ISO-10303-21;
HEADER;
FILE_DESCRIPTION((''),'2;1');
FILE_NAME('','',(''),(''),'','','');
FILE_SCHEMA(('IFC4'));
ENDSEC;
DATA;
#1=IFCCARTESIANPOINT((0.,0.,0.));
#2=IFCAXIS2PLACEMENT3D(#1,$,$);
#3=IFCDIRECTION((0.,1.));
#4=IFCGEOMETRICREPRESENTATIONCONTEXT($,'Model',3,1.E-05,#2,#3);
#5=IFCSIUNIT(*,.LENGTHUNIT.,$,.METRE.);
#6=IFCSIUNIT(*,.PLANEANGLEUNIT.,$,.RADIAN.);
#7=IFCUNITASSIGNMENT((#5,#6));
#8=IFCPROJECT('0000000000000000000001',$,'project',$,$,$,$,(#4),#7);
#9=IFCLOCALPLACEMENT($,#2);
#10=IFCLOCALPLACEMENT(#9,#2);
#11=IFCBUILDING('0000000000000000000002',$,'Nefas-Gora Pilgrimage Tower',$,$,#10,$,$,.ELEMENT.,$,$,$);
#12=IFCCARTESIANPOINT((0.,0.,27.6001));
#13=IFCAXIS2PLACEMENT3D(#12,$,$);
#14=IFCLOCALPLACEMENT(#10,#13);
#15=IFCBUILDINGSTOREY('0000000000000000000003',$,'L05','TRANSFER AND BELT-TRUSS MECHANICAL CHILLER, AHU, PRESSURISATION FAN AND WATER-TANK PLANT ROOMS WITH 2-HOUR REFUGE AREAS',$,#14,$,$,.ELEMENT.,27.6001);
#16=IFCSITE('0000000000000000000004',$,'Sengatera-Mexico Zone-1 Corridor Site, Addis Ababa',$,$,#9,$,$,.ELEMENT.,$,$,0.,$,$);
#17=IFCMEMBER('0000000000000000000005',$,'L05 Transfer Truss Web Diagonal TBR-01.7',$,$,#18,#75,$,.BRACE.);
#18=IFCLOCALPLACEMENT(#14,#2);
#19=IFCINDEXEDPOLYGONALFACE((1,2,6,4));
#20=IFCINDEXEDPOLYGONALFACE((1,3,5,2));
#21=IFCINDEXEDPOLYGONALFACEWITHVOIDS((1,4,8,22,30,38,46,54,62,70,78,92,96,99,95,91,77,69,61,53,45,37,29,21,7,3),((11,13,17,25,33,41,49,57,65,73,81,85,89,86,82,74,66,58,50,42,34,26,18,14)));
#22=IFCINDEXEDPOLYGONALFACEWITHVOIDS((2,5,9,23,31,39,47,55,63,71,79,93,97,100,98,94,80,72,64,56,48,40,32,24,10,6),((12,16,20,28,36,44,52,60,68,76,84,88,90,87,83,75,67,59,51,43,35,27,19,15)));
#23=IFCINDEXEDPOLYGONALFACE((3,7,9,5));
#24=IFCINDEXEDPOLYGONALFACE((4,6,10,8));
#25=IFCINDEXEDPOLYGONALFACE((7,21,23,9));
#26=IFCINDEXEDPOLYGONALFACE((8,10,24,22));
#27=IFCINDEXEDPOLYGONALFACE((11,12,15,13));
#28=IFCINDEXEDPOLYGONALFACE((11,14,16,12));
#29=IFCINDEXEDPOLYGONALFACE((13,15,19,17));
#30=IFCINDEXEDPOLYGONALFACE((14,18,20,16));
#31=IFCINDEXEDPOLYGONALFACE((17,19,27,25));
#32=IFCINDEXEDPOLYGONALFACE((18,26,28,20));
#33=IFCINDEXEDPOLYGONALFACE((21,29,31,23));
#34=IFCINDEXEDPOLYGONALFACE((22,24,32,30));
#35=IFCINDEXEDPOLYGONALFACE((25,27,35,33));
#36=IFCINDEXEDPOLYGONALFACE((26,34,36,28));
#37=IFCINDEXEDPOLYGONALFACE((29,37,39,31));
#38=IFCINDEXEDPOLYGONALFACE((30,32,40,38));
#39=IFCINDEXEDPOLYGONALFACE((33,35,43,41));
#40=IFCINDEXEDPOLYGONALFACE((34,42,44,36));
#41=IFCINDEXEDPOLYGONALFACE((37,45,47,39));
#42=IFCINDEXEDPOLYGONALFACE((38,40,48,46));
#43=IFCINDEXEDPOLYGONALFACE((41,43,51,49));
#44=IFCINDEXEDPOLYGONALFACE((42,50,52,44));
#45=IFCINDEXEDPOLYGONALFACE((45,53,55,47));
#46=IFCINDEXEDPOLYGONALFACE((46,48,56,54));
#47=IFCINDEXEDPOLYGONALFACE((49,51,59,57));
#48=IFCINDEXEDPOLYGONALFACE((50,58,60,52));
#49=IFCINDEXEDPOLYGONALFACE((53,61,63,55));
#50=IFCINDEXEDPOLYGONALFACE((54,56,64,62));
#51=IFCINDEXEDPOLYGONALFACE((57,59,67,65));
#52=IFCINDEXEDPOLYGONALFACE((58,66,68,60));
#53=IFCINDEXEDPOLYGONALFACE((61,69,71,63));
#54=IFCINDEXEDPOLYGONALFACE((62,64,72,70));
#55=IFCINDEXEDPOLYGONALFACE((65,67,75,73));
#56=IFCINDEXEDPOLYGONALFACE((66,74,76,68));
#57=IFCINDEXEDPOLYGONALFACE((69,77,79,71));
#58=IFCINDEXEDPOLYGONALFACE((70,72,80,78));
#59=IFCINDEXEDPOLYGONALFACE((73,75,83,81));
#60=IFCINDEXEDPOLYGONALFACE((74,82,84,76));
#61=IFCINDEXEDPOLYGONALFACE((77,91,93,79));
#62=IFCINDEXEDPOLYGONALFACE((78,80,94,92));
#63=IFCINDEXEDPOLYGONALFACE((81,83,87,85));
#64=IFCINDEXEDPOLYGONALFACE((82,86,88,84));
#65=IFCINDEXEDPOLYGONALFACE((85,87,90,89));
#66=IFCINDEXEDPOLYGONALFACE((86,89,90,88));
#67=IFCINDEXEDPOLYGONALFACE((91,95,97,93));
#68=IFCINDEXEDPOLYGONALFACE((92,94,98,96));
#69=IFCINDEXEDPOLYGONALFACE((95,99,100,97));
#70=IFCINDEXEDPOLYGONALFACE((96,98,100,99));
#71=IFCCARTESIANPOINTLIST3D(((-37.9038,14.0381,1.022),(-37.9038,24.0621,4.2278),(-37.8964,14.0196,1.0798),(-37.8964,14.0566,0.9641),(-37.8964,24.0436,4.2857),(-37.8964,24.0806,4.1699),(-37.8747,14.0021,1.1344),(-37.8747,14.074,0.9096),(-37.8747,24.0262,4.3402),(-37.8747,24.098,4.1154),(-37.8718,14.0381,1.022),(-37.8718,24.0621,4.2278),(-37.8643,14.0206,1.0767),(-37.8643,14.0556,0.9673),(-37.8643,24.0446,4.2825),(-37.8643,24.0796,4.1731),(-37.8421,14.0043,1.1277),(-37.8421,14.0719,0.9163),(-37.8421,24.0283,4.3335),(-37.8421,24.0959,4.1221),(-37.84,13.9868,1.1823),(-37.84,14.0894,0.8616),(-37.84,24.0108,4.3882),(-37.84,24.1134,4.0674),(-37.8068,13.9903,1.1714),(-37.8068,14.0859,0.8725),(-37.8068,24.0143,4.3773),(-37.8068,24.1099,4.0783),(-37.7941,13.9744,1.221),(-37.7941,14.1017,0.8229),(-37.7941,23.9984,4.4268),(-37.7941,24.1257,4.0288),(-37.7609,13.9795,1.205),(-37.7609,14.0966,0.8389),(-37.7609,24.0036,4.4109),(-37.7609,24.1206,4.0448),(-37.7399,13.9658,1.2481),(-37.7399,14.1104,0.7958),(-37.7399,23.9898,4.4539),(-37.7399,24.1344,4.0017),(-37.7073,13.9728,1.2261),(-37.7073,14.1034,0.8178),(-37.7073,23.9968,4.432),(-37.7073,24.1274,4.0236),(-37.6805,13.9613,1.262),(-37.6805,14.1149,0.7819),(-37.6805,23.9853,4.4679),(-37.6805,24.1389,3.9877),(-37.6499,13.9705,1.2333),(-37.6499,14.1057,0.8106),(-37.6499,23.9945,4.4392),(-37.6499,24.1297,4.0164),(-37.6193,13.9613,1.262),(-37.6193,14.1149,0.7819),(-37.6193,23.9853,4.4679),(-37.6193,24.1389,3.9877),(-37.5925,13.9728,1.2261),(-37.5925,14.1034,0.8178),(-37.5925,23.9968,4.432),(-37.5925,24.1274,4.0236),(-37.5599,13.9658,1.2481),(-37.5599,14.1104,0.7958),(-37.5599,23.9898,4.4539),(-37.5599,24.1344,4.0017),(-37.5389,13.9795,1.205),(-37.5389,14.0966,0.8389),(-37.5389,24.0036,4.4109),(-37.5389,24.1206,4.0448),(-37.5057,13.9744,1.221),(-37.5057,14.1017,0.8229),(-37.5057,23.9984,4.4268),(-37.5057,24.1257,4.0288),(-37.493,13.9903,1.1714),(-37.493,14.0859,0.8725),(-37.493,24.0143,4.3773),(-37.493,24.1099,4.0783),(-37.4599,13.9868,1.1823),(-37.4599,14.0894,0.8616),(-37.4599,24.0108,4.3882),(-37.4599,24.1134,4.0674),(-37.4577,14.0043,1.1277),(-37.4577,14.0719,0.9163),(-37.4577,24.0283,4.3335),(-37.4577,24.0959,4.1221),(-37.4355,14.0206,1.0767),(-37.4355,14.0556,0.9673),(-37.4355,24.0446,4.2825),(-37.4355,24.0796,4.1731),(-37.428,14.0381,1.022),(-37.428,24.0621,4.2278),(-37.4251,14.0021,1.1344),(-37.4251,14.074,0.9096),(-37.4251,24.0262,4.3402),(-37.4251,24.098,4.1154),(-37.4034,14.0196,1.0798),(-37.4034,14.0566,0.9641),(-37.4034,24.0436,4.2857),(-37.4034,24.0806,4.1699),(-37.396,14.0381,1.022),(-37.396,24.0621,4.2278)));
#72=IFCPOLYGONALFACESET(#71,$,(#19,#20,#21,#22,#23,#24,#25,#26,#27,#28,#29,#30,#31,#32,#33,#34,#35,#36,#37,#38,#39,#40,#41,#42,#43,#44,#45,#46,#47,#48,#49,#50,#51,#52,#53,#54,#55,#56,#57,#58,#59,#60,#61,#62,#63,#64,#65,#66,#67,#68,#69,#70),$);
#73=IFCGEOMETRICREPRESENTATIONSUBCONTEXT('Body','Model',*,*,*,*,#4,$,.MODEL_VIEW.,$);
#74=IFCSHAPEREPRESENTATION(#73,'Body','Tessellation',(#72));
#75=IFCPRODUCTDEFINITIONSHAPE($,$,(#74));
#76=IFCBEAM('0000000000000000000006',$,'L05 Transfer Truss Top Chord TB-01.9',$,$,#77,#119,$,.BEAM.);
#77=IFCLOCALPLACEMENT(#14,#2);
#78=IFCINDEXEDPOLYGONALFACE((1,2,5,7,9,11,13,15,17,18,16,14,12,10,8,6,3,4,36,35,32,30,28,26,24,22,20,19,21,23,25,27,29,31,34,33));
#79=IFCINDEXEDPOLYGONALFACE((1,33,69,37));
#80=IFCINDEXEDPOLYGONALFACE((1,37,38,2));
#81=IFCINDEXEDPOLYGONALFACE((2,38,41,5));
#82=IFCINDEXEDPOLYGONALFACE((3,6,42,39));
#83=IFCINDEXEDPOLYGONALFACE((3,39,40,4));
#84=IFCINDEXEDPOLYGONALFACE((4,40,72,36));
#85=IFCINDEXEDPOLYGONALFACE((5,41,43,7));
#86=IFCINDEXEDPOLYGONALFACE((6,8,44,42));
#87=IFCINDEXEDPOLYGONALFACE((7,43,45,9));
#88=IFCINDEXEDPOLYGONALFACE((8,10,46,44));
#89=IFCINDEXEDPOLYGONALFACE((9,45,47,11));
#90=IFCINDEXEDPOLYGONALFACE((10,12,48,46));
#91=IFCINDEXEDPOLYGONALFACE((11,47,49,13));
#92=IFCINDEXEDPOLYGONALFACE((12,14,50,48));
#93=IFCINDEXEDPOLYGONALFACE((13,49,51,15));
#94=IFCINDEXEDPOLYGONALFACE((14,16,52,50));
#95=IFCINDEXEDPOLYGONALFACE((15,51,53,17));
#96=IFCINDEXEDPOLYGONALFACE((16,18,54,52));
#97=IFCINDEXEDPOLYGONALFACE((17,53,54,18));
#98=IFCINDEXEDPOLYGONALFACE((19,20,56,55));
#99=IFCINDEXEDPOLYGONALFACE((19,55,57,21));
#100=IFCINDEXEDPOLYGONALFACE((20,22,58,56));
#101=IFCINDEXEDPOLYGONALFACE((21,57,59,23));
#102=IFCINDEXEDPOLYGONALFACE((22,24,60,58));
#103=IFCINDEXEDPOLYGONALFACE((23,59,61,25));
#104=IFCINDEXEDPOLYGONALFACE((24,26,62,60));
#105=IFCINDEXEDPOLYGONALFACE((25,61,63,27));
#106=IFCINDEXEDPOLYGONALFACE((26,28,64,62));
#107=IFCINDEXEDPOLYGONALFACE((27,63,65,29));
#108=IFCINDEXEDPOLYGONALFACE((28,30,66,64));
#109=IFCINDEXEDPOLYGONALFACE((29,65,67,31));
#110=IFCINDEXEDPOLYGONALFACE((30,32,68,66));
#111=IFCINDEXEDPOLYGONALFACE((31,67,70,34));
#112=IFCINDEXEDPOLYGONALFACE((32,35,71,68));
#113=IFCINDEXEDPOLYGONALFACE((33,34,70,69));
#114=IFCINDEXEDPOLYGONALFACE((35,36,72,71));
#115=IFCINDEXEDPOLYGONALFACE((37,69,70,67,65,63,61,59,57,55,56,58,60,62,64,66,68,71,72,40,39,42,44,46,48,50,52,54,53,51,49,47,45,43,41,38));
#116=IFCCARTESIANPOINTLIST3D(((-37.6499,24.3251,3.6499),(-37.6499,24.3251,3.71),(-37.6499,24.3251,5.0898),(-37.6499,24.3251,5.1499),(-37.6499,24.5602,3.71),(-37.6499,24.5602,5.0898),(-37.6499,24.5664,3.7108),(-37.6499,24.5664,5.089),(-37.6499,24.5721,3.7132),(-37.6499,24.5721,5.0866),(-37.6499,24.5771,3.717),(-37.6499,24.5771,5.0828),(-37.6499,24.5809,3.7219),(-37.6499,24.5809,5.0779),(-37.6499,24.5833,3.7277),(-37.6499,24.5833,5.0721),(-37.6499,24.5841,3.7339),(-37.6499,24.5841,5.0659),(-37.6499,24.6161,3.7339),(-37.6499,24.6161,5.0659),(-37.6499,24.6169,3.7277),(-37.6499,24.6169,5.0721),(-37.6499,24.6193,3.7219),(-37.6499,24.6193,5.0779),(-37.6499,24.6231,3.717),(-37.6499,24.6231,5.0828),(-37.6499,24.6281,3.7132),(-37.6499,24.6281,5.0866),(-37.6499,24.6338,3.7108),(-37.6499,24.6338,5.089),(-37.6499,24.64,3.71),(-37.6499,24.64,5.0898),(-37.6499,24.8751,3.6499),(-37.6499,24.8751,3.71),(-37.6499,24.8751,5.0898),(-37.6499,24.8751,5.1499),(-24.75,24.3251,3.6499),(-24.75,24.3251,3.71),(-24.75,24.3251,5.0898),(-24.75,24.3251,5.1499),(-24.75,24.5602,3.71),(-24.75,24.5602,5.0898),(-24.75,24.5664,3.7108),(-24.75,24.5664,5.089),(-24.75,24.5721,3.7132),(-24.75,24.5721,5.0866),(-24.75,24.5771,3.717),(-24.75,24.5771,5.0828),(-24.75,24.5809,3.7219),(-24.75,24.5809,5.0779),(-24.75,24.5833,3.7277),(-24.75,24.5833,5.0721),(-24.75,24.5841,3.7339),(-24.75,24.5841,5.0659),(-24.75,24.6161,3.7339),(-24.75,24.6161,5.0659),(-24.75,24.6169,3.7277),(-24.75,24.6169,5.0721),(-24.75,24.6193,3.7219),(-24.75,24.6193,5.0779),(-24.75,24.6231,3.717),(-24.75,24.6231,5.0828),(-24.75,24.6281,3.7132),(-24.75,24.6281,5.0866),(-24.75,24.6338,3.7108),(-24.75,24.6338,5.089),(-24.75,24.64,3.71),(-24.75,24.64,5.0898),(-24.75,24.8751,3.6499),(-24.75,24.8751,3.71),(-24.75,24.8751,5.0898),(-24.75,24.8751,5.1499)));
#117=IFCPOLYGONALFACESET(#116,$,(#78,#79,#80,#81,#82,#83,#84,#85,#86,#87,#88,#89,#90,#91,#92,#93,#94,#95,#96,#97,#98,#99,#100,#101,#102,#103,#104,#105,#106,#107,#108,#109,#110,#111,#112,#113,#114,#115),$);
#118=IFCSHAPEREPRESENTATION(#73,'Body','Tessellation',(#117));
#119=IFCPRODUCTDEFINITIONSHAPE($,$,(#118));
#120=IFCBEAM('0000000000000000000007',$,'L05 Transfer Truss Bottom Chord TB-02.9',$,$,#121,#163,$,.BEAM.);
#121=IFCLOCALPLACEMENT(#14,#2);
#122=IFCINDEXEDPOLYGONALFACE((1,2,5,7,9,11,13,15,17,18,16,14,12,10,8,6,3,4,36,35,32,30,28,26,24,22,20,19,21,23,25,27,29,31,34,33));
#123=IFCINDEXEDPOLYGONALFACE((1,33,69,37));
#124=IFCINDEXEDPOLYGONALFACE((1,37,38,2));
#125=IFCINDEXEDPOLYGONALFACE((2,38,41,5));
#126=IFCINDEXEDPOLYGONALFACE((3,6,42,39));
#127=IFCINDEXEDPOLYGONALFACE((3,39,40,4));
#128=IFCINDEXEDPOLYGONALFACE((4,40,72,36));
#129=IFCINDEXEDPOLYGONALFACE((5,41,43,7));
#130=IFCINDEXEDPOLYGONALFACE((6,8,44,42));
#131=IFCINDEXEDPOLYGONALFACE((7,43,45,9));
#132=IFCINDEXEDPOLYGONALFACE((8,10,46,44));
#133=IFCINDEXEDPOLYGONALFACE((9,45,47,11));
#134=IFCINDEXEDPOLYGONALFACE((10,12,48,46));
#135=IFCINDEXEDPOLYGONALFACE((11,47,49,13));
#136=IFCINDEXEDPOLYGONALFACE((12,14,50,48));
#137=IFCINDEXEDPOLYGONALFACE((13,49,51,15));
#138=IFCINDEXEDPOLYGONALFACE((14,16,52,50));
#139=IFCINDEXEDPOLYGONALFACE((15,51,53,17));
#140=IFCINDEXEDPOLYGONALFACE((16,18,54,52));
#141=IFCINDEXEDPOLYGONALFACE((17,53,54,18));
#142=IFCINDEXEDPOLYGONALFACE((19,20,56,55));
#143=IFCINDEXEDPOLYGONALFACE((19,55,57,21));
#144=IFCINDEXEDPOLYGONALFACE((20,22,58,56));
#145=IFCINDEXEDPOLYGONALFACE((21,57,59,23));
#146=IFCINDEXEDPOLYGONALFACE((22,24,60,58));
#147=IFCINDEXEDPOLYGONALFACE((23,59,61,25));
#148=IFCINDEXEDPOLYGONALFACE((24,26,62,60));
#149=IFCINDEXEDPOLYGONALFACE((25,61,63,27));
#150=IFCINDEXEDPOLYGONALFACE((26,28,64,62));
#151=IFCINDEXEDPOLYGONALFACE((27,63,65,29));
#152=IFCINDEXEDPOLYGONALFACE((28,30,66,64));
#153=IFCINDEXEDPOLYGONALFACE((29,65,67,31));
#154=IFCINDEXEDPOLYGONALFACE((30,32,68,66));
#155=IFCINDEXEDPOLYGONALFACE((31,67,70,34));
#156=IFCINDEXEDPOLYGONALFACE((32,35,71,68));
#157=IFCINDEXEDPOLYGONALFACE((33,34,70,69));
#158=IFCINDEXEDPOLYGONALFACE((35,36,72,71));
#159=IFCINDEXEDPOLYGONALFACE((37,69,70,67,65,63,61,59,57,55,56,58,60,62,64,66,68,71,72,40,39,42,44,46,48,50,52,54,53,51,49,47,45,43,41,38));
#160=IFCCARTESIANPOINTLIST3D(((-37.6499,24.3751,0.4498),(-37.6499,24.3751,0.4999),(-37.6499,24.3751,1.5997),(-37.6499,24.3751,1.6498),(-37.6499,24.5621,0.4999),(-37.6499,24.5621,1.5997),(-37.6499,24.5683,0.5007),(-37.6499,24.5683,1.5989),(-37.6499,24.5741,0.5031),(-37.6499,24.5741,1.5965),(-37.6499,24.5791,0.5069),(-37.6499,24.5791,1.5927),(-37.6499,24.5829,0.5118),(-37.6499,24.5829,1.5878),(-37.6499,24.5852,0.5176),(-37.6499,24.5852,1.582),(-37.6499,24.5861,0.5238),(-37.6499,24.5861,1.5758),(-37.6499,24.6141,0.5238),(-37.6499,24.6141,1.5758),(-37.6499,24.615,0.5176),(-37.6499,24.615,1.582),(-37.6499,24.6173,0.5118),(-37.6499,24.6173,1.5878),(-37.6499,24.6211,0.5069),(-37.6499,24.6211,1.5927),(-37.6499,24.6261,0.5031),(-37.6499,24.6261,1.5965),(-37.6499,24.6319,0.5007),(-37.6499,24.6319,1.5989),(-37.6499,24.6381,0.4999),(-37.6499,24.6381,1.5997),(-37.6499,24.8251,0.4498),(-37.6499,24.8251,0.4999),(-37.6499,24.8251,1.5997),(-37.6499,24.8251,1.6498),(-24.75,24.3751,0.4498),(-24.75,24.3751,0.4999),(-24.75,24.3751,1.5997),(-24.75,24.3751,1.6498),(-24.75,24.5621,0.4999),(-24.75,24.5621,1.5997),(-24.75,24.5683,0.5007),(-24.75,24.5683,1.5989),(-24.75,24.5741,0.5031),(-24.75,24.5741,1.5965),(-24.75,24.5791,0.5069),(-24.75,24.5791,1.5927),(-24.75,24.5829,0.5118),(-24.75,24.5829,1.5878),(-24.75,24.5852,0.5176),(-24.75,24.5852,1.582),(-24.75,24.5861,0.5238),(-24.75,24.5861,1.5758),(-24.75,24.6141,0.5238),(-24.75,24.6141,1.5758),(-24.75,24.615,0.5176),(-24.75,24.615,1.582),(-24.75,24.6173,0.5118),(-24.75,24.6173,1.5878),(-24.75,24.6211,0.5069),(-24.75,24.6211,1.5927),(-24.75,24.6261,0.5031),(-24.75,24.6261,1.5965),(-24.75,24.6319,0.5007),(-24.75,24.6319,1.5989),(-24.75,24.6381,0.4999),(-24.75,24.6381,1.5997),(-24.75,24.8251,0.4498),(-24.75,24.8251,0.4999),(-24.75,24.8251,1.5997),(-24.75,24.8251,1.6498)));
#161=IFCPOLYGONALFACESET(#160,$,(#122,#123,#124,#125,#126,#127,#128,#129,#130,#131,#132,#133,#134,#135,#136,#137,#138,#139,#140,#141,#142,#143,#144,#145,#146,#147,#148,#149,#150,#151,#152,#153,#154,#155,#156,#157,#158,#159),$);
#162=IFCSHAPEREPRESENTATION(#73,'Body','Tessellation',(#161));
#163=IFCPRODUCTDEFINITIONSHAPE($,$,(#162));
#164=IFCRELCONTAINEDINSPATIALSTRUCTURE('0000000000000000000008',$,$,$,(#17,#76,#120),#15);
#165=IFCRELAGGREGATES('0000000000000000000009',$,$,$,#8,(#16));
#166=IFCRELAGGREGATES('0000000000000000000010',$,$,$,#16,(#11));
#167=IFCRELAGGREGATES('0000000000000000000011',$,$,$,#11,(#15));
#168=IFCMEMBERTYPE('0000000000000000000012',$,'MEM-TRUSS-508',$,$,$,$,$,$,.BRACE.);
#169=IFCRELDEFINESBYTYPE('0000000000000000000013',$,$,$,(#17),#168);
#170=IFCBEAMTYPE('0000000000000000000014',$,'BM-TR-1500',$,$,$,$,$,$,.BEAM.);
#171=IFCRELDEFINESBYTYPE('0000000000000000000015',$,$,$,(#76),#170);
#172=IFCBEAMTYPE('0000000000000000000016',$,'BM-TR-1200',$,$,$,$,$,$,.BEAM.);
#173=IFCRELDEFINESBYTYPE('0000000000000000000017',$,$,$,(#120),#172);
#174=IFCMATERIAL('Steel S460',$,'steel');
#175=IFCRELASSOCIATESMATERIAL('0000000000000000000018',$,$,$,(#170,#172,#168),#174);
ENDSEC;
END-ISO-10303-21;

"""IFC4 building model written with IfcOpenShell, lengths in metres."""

from ifc_helpers import new_model, si_unit, direction, frame, origin, origin_2d, place, context, subcontext, project, spatial, hollow_circle, i_section, extrude, source, transform, mapped, material, material_profile, profile_set, type_object, element, save


model = new_model("IFC4")

# Units and contexts
model_context = context("Model", 3, precision=1e-05, world=origin(), true_north=direction((0.0, 1.0)))
body_context = subcontext(model_context, "Body", "Model", "MODEL_VIEW")
ifc_project = project(units=[si_unit("LENGTHUNIT", "METRE"), si_unit("PLANEANGLEUNIT", "RADIAN")], contexts=[model_context])

# Site, building, storey
site_placement = place(None, origin())
site = spatial("IfcSite", under=ifc_project, at=site_placement, Name="Sengatera-Mexico Zone-1 Corridor Site, Addis Ababa", CompositionType="ELEMENT", RefElevation=0.0)
building_placement = place(site_placement, origin())
building = spatial("IfcBuilding", under=site, at=building_placement, Name="Nefas-Gora Pilgrimage Tower", CompositionType="ELEMENT")
storey_placement = place(building_placement, frame((0.0, 0.0, 27.6001)))
storey = spatial("IfcBuildingStorey", under=building, at=storey_placement, Name="L05", Description="TRANSFER AND BELT-TRUSS MECHANICAL CHILLER, AHU, PRESSURISATION FAN AND WATER-TANK PLANT ROOMS WITH 2-HOUR REFUGE AREAS", CompositionType="ELEMENT", Elevation=27.6001)

# Shared definitions
ifc_material_1 = material(Name="Steel S460", Category="steel")

# Shared definitions
ifc_material_profile_1 = material_profile(ifc_material_1, i_section(OverallWidth=0.55, OverallDepth=1.5, WebThickness=0.032, FlangeThickness=0.0601, FilletRadius=0.0239, at=origin_2d()), Name="WPG 1500x550x32x60")
ifc_profile_set_1 = profile_set([ifc_material_profile_1], Name="Steel S460")
beam_type_1 = type_object("IfcBeamType", Name="BM-TR-1500", PredefinedType="BEAM", material=ifc_profile_set_1)
ifc_material_profile_2 = material_profile(ifc_material_1, i_section(OverallWidth=0.45, OverallDepth=1.2, WebThickness=0.0281, FlangeThickness=0.05, FilletRadius=0.0239, at=origin_2d()), Name="WPG 1200x450x28x50")
ifc_profile_set_2 = profile_set([ifc_material_profile_2], Name="Steel S460")
beam_type_2 = type_object("IfcBeamType", Name="BM-TR-1200", PredefinedType="BEAM", material=ifc_profile_set_2)

# Member
ifc_material_profile_3 = material_profile(ifc_material_1, hollow_circle(Radius=0.2539, WallThickness=0.032, at=origin_2d()), Name="CHS 508x32")
ifc_profile_set_3 = profile_set([ifc_material_profile_3], Name="Steel S460")
member_type = type_object("IfcMemberType", Name="MEM-TRUSS-508", PredefinedType="BRACE", material=ifc_profile_set_3)
shared_shape_1 = source(origin(), body_context, "Body", "SweptSolid", [
    extrude(hollow_circle(Radius=0.2539, WallThickness=0.032, at=origin_2d()), origin(), (0.0, 0.0, 1.0), 10.5242),
])
member_1_placement = place(storey_placement, frame((-37.6499, 14.0381, 1.022), z_axis=(0.0, 0.952475, 0.304617), x_axis=(-1.0, 0.0, 0.0)))
element("IfcMember", 1, at=member_1_placement, inside=storey, type_object=member_type, Name="L05 Transfer Truss Web Diagonal TBR-01.7", PredefinedType="BRACE", context=body_context, shape_type="MappedRepresentation", body=[
    mapped(shared_shape_1, transform((0.0, 0.0, 0.0), x_axis=(1.0, 0.0, 0.0), y_axis=(0.0, 1.0, 0.0), z_axis=(0.0, 0.0, 1.0), scale=1.0)),
])

# Beams
shared_shape_2 = source(origin(), body_context, "Body", "SweptSolid", [
    extrude(i_section(OverallWidth=0.55, OverallDepth=1.5, WebThickness=0.032, FlangeThickness=0.0601, FilletRadius=0.0239, at=origin_2d()), origin(), (0.0, 0.0, 1.0), 12.8999),
])
beam_1_placement = place(storey_placement, frame((-37.6499, 24.6001, 4.3999), z_axis=(1.0, 0.0, 0.0), x_axis=(0.0, 1.0, 0.0)))
element("IfcBeam", 2, at=beam_1_placement, inside=storey, type_object=beam_type_1, Name="L05 Transfer Truss Top Chord TB-01.9", PredefinedType="BEAM", context=body_context, shape_type="MappedRepresentation", body=[
    mapped(shared_shape_2, transform((0.0, 0.0, 0.0), x_axis=(1.0, 0.0, 0.0), y_axis=(0.0, 1.0, 0.0), z_axis=(0.0, 0.0, 1.0), scale=1.0)),
])
shared_shape_3 = source(origin(), body_context, "Body", "SweptSolid", [
    extrude(i_section(OverallWidth=0.45, OverallDepth=1.2, WebThickness=0.0281, FlangeThickness=0.05, FilletRadius=0.0239, at=origin_2d()), origin(), (0.0, 0.0, 1.0), 12.8999),
])
beam_2_placement = place(storey_placement, frame((-37.6499, 24.6001, 1.0498), z_axis=(1.0, 0.0, 0.0), x_axis=(0.0, 1.0, 0.0)))
element("IfcBeam", 3, at=beam_2_placement, inside=storey, type_object=beam_type_2, Name="L05 Transfer Truss Bottom Chord TB-02.9", PredefinedType="BEAM", context=body_context, shape_type="MappedRepresentation", body=[
    mapped(shared_shape_3, transform((0.0, 0.0, 0.0), x_axis=(1.0, 0.0, 0.0), y_axis=(0.0, 1.0, 0.0), z_axis=(0.0, 0.0, 1.0), scale=1.0)),
])

save(model, "model.ifc")
